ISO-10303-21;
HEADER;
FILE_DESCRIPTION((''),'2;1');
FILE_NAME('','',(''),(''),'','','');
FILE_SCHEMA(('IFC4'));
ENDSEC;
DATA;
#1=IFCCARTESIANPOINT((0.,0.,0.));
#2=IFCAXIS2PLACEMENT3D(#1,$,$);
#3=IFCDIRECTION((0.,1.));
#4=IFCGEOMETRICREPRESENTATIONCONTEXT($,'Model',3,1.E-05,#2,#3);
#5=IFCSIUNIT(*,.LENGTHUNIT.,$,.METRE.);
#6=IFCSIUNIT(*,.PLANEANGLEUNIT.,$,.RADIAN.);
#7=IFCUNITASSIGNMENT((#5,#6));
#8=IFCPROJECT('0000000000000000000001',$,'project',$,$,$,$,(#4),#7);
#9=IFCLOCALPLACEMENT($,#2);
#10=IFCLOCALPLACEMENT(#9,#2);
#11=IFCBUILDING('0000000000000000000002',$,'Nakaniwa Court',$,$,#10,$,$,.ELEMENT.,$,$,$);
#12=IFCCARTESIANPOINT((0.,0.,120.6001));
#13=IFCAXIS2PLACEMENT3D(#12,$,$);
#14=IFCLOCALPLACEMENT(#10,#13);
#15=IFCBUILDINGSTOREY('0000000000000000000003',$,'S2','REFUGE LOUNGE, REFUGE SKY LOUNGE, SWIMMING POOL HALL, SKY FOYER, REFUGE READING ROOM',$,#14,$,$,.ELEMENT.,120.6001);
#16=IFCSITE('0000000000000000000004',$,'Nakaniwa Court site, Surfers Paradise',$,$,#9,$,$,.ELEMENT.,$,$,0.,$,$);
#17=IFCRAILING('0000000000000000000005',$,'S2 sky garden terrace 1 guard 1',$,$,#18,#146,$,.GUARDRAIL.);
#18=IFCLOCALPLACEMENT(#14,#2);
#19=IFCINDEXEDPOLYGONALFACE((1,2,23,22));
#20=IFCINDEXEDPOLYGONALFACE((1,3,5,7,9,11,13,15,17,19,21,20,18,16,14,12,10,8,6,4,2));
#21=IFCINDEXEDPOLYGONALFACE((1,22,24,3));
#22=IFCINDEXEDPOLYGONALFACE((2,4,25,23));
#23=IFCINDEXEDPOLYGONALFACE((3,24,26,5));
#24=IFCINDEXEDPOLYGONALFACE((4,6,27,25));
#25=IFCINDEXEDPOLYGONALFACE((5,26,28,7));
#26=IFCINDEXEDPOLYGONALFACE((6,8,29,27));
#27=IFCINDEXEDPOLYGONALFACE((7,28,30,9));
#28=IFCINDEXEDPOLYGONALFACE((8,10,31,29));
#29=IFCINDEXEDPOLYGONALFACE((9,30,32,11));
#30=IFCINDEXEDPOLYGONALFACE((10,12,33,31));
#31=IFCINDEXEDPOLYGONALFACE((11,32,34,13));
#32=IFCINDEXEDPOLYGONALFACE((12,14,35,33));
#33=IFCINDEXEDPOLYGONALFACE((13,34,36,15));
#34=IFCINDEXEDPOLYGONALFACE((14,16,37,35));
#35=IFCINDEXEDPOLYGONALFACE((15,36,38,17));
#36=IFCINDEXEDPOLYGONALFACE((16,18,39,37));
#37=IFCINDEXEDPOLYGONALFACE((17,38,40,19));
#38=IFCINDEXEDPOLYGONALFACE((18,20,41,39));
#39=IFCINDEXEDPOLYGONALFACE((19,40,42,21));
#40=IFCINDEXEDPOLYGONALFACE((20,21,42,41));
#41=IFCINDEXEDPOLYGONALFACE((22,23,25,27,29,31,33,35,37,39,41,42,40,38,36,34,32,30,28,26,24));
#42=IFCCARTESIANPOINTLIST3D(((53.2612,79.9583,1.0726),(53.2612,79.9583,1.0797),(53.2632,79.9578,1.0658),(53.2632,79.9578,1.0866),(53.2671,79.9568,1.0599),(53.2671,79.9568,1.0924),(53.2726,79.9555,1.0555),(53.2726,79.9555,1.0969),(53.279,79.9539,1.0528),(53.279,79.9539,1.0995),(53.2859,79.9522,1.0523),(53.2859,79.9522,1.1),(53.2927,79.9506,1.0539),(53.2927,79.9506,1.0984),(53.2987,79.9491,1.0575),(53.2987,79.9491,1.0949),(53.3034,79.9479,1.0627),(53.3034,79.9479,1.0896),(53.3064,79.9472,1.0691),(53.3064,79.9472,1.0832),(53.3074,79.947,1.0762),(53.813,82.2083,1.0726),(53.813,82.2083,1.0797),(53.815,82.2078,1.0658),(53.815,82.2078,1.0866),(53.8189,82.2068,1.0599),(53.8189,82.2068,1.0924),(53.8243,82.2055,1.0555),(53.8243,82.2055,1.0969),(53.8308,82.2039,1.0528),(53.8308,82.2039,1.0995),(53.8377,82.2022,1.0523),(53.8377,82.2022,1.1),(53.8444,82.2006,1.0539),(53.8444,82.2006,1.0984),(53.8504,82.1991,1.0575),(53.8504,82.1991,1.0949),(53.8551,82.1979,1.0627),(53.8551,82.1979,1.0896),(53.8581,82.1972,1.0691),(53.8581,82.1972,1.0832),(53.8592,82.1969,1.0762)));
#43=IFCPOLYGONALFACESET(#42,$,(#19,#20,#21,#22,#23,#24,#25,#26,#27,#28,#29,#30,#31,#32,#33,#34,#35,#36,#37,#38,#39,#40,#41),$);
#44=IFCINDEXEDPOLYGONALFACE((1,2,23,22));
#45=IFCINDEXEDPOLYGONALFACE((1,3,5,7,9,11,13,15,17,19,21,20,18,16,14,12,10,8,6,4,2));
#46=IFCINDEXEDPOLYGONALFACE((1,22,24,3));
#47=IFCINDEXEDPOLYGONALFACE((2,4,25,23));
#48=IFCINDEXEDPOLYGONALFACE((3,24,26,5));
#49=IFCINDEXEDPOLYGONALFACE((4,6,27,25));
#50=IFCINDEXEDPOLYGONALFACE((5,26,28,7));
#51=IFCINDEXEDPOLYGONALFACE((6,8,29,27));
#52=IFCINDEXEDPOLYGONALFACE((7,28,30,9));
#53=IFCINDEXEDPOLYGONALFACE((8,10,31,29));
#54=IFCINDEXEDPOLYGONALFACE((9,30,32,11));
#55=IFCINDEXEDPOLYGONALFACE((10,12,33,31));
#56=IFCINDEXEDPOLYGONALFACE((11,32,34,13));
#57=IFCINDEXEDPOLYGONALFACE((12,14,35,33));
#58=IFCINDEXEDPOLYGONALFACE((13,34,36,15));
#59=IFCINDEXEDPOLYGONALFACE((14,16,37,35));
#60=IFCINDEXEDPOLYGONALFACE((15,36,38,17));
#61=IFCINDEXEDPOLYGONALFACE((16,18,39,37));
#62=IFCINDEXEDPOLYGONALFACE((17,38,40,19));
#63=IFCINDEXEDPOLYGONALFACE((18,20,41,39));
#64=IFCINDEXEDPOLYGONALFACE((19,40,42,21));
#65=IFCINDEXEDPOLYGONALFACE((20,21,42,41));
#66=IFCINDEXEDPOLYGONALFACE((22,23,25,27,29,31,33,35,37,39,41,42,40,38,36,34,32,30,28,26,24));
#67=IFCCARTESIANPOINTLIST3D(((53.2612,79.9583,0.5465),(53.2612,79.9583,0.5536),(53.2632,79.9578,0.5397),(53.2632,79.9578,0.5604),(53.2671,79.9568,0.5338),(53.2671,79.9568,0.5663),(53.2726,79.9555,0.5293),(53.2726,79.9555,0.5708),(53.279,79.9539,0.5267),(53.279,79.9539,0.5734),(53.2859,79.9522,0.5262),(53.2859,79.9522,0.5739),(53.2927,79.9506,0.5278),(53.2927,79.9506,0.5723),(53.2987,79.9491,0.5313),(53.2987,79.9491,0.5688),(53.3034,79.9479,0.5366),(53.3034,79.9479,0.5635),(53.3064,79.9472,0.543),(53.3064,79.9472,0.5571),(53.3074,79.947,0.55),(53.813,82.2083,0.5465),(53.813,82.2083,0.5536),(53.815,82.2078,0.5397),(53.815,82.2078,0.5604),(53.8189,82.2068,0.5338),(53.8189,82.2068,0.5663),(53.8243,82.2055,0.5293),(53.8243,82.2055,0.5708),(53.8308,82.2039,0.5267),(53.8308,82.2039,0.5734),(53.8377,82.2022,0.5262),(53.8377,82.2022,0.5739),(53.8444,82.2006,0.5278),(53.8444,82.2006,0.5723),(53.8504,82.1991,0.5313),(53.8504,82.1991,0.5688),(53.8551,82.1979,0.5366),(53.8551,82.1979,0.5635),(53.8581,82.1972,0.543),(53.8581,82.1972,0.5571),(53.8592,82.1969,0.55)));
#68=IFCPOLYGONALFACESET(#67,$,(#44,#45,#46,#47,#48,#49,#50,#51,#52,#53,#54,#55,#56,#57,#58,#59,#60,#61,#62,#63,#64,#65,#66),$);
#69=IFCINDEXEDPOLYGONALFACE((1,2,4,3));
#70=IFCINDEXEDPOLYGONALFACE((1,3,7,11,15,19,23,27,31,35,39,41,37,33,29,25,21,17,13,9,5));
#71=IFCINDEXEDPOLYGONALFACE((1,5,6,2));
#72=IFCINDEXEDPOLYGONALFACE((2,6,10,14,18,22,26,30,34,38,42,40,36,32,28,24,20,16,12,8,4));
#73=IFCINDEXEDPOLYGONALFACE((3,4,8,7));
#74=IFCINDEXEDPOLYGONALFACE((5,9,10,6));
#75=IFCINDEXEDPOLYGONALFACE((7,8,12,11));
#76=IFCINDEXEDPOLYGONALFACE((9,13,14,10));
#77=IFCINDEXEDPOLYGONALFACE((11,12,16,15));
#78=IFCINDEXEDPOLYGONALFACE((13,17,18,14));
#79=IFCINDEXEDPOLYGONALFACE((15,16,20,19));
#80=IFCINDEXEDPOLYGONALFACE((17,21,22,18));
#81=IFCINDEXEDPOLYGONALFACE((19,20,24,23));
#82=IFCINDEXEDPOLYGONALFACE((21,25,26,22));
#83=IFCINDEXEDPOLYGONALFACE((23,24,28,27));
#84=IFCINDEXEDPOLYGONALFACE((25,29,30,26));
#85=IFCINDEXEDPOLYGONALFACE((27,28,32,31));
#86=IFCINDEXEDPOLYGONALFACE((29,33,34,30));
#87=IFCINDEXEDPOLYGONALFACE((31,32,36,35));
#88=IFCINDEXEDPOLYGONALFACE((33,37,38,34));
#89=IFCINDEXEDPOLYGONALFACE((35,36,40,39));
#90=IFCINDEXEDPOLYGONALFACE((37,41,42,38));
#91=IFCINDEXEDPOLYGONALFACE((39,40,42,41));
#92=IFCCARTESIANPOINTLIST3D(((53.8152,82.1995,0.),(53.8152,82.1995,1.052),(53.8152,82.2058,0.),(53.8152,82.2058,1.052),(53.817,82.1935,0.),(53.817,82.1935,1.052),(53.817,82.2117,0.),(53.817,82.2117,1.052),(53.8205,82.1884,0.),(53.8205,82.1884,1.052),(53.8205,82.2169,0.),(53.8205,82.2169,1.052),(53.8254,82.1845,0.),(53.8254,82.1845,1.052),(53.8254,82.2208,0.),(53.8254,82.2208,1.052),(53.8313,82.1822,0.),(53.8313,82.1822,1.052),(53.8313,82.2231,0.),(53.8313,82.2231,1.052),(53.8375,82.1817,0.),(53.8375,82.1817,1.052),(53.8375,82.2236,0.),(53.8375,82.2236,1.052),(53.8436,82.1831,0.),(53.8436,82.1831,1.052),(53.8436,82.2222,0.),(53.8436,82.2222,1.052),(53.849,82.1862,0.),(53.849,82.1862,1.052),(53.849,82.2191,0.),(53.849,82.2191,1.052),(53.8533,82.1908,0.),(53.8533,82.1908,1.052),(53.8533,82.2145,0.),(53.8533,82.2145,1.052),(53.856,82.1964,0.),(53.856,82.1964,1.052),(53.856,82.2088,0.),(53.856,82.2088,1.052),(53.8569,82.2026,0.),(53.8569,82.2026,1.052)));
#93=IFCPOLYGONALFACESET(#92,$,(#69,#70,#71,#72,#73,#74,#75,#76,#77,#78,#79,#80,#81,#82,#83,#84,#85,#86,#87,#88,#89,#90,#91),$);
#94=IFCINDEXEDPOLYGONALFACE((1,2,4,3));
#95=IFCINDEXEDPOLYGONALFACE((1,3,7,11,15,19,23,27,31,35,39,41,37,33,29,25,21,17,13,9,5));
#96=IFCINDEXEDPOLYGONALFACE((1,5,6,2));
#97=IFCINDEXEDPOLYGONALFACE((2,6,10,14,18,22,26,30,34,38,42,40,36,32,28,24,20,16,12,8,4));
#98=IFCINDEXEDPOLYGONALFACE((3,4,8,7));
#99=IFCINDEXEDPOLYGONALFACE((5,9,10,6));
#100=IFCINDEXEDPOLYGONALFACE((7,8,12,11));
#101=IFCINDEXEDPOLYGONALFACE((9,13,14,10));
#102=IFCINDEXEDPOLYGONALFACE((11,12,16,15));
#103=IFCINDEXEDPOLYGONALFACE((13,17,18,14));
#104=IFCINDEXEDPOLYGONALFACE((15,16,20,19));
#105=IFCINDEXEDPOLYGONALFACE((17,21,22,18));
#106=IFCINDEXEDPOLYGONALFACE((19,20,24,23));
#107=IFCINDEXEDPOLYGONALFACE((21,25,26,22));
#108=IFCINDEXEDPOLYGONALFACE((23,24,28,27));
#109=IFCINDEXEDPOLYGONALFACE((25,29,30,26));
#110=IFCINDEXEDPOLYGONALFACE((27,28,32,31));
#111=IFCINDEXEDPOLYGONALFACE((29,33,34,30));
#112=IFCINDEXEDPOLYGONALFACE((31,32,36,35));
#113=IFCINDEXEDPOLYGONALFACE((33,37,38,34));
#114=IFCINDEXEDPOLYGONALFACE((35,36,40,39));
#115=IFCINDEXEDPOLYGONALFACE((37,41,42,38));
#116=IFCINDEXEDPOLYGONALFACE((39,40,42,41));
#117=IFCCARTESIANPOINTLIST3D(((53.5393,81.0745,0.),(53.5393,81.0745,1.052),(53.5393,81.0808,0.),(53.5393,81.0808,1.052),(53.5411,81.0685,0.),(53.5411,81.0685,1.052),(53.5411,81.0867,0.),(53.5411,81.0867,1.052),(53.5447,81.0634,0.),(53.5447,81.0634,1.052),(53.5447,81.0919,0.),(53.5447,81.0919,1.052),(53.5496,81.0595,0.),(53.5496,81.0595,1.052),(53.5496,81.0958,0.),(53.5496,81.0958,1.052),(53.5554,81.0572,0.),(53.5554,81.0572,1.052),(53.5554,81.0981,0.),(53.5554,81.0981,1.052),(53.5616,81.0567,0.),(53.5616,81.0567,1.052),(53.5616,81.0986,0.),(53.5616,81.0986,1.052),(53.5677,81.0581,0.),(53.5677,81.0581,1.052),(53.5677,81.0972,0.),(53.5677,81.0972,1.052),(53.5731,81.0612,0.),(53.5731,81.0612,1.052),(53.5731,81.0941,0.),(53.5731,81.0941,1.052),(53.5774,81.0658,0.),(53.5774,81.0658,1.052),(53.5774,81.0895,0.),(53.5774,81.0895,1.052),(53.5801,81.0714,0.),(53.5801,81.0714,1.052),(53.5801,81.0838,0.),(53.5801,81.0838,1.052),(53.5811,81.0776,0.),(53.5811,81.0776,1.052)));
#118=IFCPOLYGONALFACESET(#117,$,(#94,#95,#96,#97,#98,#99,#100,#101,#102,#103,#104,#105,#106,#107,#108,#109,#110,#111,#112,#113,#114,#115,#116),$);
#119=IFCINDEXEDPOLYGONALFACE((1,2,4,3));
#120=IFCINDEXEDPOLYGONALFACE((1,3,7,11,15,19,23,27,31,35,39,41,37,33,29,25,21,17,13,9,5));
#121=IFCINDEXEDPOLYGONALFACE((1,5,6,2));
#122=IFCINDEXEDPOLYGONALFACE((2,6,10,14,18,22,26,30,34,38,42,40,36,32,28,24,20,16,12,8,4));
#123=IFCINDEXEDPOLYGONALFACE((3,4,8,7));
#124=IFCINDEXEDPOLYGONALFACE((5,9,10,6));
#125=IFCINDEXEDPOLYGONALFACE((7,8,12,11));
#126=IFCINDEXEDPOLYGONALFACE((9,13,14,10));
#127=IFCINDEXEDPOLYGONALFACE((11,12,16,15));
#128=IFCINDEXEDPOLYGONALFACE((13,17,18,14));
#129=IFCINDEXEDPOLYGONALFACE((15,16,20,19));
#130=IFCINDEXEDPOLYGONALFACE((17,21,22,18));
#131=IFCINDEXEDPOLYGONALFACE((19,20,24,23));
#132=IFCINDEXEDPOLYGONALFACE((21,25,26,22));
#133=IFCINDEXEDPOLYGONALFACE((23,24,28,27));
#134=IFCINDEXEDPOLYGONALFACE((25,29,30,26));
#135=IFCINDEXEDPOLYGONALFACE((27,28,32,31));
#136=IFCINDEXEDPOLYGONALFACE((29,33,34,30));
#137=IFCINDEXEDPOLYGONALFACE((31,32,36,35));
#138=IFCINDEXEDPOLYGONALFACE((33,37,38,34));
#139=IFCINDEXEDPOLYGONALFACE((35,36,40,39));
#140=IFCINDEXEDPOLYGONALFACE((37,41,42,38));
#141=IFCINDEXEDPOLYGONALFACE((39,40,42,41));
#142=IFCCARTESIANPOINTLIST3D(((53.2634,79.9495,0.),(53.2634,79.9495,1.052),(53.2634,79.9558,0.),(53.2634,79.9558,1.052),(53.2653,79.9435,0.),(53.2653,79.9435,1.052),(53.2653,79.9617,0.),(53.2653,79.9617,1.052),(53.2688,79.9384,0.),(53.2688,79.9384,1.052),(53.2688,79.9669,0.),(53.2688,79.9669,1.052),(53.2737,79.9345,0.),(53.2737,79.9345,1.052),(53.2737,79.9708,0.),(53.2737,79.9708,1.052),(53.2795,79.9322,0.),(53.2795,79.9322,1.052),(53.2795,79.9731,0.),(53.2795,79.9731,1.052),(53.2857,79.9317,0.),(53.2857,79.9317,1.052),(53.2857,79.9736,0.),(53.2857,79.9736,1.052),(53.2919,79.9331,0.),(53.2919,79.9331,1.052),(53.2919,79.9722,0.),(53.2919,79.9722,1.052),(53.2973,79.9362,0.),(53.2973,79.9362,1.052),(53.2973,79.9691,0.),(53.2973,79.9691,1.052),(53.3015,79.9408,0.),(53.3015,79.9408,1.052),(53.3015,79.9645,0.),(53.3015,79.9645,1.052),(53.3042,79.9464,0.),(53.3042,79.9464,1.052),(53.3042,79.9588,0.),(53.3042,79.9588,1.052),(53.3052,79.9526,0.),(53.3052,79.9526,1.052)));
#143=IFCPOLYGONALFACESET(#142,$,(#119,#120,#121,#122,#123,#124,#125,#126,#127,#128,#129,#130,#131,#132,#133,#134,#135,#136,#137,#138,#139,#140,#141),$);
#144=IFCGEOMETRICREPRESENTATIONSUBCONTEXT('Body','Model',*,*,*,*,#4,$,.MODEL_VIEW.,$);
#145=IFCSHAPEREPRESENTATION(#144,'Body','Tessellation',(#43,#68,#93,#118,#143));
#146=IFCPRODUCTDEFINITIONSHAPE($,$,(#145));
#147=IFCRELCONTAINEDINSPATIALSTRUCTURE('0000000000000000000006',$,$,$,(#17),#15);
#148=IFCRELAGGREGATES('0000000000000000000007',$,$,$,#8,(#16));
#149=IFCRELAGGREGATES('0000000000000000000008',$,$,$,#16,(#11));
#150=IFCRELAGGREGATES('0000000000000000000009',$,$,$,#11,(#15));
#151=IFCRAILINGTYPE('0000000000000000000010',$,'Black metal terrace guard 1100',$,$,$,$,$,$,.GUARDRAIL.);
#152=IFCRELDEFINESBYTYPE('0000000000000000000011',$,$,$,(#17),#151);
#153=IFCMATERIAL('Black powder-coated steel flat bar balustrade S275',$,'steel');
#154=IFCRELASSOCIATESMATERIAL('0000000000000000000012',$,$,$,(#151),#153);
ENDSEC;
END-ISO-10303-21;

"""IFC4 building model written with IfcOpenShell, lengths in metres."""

from ifc_helpers import new_model, si_unit, direction, frame, origin, origin_2d, place, context, subcontext, project, spatial, circle, extrude, material, type_object, element, save


model = new_model("IFC4")

# Units and contexts
model_context = context("Model", 3, precision=1e-05, world=origin(), true_north=direction((0.0, 1.0)))
body_context = subcontext(model_context, "Body", "Model", "MODEL_VIEW")
ifc_project = project(units=[si_unit("LENGTHUNIT", "METRE"), si_unit("PLANEANGLEUNIT", "RADIAN")], contexts=[model_context])

# Site, building, storey
site_placement = place(None, origin())
site = spatial("IfcSite", under=ifc_project, at=site_placement, Name="Nakaniwa Court site, Surfers Paradise", CompositionType="ELEMENT", RefElevation=0.0)
building_placement = place(site_placement, origin())
building = spatial("IfcBuilding", under=site, at=building_placement, Name="Nakaniwa Court", CompositionType="ELEMENT")
storey_placement = place(building_placement, frame((0.0, 0.0, 120.6001)))
storey = spatial("IfcBuildingStorey", under=building, at=storey_placement, Name="S2", Description="REFUGE LOUNGE, REFUGE SKY LOUNGE, SWIMMING POOL HALL, SKY FOYER, REFUGE READING ROOM", CompositionType="ELEMENT", Elevation=120.6001)

# Railing
ifc_material_1 = material(Name="Black powder-coated steel flat bar balustrade S275", Category="steel")
railing_type = type_object("IfcRailingType", Name="Black metal terrace guard 1100", PredefinedType="GUARDRAIL", material=ifc_material_1)
railing_1_placement = place(storey_placement, frame((53.8359, 82.2026, 0.0)))
element("IfcRailing", 1, at=railing_1_placement, inside=storey, type_object=railing_type, Name="S2 sky garden terrace 1 guard 1", PredefinedType="GUARDRAIL", context=body_context, shape_type="SweptSolid", body=[
    extrude(circle(Radius=0.0239, at=origin_2d()), frame((0.0, 0.0, 1.0762), z_axis=(-0.238169, -0.971224, 0.0), x_axis=(0.971224, -0.238169, 0.0)), (0.0, 0.0, 1.0), 2.3167),
    extrude(circle(Radius=0.0239, at=origin_2d()), frame((0.0, 0.0, 0.55), z_axis=(-0.238169, -0.971224, 0.0), x_axis=(0.971224, -0.238169, 0.0)), (0.0, 0.0, 1.0), 2.3167),
    extrude(circle(Radius=0.021, at=origin_2d()), origin(), (0.0, 0.0, 1.0), 1.052),
    extrude(circle(Radius=0.021, at=origin_2d()), frame((-0.2759, -1.125, 0.0)), (0.0, 0.0, 1.0), 1.052),
    extrude(circle(Radius=0.021, at=origin_2d()), frame((-0.5518, -2.25, 0.0)), (0.0, 0.0, 1.0), 1.052),
])

save(model, "model.ifc")
